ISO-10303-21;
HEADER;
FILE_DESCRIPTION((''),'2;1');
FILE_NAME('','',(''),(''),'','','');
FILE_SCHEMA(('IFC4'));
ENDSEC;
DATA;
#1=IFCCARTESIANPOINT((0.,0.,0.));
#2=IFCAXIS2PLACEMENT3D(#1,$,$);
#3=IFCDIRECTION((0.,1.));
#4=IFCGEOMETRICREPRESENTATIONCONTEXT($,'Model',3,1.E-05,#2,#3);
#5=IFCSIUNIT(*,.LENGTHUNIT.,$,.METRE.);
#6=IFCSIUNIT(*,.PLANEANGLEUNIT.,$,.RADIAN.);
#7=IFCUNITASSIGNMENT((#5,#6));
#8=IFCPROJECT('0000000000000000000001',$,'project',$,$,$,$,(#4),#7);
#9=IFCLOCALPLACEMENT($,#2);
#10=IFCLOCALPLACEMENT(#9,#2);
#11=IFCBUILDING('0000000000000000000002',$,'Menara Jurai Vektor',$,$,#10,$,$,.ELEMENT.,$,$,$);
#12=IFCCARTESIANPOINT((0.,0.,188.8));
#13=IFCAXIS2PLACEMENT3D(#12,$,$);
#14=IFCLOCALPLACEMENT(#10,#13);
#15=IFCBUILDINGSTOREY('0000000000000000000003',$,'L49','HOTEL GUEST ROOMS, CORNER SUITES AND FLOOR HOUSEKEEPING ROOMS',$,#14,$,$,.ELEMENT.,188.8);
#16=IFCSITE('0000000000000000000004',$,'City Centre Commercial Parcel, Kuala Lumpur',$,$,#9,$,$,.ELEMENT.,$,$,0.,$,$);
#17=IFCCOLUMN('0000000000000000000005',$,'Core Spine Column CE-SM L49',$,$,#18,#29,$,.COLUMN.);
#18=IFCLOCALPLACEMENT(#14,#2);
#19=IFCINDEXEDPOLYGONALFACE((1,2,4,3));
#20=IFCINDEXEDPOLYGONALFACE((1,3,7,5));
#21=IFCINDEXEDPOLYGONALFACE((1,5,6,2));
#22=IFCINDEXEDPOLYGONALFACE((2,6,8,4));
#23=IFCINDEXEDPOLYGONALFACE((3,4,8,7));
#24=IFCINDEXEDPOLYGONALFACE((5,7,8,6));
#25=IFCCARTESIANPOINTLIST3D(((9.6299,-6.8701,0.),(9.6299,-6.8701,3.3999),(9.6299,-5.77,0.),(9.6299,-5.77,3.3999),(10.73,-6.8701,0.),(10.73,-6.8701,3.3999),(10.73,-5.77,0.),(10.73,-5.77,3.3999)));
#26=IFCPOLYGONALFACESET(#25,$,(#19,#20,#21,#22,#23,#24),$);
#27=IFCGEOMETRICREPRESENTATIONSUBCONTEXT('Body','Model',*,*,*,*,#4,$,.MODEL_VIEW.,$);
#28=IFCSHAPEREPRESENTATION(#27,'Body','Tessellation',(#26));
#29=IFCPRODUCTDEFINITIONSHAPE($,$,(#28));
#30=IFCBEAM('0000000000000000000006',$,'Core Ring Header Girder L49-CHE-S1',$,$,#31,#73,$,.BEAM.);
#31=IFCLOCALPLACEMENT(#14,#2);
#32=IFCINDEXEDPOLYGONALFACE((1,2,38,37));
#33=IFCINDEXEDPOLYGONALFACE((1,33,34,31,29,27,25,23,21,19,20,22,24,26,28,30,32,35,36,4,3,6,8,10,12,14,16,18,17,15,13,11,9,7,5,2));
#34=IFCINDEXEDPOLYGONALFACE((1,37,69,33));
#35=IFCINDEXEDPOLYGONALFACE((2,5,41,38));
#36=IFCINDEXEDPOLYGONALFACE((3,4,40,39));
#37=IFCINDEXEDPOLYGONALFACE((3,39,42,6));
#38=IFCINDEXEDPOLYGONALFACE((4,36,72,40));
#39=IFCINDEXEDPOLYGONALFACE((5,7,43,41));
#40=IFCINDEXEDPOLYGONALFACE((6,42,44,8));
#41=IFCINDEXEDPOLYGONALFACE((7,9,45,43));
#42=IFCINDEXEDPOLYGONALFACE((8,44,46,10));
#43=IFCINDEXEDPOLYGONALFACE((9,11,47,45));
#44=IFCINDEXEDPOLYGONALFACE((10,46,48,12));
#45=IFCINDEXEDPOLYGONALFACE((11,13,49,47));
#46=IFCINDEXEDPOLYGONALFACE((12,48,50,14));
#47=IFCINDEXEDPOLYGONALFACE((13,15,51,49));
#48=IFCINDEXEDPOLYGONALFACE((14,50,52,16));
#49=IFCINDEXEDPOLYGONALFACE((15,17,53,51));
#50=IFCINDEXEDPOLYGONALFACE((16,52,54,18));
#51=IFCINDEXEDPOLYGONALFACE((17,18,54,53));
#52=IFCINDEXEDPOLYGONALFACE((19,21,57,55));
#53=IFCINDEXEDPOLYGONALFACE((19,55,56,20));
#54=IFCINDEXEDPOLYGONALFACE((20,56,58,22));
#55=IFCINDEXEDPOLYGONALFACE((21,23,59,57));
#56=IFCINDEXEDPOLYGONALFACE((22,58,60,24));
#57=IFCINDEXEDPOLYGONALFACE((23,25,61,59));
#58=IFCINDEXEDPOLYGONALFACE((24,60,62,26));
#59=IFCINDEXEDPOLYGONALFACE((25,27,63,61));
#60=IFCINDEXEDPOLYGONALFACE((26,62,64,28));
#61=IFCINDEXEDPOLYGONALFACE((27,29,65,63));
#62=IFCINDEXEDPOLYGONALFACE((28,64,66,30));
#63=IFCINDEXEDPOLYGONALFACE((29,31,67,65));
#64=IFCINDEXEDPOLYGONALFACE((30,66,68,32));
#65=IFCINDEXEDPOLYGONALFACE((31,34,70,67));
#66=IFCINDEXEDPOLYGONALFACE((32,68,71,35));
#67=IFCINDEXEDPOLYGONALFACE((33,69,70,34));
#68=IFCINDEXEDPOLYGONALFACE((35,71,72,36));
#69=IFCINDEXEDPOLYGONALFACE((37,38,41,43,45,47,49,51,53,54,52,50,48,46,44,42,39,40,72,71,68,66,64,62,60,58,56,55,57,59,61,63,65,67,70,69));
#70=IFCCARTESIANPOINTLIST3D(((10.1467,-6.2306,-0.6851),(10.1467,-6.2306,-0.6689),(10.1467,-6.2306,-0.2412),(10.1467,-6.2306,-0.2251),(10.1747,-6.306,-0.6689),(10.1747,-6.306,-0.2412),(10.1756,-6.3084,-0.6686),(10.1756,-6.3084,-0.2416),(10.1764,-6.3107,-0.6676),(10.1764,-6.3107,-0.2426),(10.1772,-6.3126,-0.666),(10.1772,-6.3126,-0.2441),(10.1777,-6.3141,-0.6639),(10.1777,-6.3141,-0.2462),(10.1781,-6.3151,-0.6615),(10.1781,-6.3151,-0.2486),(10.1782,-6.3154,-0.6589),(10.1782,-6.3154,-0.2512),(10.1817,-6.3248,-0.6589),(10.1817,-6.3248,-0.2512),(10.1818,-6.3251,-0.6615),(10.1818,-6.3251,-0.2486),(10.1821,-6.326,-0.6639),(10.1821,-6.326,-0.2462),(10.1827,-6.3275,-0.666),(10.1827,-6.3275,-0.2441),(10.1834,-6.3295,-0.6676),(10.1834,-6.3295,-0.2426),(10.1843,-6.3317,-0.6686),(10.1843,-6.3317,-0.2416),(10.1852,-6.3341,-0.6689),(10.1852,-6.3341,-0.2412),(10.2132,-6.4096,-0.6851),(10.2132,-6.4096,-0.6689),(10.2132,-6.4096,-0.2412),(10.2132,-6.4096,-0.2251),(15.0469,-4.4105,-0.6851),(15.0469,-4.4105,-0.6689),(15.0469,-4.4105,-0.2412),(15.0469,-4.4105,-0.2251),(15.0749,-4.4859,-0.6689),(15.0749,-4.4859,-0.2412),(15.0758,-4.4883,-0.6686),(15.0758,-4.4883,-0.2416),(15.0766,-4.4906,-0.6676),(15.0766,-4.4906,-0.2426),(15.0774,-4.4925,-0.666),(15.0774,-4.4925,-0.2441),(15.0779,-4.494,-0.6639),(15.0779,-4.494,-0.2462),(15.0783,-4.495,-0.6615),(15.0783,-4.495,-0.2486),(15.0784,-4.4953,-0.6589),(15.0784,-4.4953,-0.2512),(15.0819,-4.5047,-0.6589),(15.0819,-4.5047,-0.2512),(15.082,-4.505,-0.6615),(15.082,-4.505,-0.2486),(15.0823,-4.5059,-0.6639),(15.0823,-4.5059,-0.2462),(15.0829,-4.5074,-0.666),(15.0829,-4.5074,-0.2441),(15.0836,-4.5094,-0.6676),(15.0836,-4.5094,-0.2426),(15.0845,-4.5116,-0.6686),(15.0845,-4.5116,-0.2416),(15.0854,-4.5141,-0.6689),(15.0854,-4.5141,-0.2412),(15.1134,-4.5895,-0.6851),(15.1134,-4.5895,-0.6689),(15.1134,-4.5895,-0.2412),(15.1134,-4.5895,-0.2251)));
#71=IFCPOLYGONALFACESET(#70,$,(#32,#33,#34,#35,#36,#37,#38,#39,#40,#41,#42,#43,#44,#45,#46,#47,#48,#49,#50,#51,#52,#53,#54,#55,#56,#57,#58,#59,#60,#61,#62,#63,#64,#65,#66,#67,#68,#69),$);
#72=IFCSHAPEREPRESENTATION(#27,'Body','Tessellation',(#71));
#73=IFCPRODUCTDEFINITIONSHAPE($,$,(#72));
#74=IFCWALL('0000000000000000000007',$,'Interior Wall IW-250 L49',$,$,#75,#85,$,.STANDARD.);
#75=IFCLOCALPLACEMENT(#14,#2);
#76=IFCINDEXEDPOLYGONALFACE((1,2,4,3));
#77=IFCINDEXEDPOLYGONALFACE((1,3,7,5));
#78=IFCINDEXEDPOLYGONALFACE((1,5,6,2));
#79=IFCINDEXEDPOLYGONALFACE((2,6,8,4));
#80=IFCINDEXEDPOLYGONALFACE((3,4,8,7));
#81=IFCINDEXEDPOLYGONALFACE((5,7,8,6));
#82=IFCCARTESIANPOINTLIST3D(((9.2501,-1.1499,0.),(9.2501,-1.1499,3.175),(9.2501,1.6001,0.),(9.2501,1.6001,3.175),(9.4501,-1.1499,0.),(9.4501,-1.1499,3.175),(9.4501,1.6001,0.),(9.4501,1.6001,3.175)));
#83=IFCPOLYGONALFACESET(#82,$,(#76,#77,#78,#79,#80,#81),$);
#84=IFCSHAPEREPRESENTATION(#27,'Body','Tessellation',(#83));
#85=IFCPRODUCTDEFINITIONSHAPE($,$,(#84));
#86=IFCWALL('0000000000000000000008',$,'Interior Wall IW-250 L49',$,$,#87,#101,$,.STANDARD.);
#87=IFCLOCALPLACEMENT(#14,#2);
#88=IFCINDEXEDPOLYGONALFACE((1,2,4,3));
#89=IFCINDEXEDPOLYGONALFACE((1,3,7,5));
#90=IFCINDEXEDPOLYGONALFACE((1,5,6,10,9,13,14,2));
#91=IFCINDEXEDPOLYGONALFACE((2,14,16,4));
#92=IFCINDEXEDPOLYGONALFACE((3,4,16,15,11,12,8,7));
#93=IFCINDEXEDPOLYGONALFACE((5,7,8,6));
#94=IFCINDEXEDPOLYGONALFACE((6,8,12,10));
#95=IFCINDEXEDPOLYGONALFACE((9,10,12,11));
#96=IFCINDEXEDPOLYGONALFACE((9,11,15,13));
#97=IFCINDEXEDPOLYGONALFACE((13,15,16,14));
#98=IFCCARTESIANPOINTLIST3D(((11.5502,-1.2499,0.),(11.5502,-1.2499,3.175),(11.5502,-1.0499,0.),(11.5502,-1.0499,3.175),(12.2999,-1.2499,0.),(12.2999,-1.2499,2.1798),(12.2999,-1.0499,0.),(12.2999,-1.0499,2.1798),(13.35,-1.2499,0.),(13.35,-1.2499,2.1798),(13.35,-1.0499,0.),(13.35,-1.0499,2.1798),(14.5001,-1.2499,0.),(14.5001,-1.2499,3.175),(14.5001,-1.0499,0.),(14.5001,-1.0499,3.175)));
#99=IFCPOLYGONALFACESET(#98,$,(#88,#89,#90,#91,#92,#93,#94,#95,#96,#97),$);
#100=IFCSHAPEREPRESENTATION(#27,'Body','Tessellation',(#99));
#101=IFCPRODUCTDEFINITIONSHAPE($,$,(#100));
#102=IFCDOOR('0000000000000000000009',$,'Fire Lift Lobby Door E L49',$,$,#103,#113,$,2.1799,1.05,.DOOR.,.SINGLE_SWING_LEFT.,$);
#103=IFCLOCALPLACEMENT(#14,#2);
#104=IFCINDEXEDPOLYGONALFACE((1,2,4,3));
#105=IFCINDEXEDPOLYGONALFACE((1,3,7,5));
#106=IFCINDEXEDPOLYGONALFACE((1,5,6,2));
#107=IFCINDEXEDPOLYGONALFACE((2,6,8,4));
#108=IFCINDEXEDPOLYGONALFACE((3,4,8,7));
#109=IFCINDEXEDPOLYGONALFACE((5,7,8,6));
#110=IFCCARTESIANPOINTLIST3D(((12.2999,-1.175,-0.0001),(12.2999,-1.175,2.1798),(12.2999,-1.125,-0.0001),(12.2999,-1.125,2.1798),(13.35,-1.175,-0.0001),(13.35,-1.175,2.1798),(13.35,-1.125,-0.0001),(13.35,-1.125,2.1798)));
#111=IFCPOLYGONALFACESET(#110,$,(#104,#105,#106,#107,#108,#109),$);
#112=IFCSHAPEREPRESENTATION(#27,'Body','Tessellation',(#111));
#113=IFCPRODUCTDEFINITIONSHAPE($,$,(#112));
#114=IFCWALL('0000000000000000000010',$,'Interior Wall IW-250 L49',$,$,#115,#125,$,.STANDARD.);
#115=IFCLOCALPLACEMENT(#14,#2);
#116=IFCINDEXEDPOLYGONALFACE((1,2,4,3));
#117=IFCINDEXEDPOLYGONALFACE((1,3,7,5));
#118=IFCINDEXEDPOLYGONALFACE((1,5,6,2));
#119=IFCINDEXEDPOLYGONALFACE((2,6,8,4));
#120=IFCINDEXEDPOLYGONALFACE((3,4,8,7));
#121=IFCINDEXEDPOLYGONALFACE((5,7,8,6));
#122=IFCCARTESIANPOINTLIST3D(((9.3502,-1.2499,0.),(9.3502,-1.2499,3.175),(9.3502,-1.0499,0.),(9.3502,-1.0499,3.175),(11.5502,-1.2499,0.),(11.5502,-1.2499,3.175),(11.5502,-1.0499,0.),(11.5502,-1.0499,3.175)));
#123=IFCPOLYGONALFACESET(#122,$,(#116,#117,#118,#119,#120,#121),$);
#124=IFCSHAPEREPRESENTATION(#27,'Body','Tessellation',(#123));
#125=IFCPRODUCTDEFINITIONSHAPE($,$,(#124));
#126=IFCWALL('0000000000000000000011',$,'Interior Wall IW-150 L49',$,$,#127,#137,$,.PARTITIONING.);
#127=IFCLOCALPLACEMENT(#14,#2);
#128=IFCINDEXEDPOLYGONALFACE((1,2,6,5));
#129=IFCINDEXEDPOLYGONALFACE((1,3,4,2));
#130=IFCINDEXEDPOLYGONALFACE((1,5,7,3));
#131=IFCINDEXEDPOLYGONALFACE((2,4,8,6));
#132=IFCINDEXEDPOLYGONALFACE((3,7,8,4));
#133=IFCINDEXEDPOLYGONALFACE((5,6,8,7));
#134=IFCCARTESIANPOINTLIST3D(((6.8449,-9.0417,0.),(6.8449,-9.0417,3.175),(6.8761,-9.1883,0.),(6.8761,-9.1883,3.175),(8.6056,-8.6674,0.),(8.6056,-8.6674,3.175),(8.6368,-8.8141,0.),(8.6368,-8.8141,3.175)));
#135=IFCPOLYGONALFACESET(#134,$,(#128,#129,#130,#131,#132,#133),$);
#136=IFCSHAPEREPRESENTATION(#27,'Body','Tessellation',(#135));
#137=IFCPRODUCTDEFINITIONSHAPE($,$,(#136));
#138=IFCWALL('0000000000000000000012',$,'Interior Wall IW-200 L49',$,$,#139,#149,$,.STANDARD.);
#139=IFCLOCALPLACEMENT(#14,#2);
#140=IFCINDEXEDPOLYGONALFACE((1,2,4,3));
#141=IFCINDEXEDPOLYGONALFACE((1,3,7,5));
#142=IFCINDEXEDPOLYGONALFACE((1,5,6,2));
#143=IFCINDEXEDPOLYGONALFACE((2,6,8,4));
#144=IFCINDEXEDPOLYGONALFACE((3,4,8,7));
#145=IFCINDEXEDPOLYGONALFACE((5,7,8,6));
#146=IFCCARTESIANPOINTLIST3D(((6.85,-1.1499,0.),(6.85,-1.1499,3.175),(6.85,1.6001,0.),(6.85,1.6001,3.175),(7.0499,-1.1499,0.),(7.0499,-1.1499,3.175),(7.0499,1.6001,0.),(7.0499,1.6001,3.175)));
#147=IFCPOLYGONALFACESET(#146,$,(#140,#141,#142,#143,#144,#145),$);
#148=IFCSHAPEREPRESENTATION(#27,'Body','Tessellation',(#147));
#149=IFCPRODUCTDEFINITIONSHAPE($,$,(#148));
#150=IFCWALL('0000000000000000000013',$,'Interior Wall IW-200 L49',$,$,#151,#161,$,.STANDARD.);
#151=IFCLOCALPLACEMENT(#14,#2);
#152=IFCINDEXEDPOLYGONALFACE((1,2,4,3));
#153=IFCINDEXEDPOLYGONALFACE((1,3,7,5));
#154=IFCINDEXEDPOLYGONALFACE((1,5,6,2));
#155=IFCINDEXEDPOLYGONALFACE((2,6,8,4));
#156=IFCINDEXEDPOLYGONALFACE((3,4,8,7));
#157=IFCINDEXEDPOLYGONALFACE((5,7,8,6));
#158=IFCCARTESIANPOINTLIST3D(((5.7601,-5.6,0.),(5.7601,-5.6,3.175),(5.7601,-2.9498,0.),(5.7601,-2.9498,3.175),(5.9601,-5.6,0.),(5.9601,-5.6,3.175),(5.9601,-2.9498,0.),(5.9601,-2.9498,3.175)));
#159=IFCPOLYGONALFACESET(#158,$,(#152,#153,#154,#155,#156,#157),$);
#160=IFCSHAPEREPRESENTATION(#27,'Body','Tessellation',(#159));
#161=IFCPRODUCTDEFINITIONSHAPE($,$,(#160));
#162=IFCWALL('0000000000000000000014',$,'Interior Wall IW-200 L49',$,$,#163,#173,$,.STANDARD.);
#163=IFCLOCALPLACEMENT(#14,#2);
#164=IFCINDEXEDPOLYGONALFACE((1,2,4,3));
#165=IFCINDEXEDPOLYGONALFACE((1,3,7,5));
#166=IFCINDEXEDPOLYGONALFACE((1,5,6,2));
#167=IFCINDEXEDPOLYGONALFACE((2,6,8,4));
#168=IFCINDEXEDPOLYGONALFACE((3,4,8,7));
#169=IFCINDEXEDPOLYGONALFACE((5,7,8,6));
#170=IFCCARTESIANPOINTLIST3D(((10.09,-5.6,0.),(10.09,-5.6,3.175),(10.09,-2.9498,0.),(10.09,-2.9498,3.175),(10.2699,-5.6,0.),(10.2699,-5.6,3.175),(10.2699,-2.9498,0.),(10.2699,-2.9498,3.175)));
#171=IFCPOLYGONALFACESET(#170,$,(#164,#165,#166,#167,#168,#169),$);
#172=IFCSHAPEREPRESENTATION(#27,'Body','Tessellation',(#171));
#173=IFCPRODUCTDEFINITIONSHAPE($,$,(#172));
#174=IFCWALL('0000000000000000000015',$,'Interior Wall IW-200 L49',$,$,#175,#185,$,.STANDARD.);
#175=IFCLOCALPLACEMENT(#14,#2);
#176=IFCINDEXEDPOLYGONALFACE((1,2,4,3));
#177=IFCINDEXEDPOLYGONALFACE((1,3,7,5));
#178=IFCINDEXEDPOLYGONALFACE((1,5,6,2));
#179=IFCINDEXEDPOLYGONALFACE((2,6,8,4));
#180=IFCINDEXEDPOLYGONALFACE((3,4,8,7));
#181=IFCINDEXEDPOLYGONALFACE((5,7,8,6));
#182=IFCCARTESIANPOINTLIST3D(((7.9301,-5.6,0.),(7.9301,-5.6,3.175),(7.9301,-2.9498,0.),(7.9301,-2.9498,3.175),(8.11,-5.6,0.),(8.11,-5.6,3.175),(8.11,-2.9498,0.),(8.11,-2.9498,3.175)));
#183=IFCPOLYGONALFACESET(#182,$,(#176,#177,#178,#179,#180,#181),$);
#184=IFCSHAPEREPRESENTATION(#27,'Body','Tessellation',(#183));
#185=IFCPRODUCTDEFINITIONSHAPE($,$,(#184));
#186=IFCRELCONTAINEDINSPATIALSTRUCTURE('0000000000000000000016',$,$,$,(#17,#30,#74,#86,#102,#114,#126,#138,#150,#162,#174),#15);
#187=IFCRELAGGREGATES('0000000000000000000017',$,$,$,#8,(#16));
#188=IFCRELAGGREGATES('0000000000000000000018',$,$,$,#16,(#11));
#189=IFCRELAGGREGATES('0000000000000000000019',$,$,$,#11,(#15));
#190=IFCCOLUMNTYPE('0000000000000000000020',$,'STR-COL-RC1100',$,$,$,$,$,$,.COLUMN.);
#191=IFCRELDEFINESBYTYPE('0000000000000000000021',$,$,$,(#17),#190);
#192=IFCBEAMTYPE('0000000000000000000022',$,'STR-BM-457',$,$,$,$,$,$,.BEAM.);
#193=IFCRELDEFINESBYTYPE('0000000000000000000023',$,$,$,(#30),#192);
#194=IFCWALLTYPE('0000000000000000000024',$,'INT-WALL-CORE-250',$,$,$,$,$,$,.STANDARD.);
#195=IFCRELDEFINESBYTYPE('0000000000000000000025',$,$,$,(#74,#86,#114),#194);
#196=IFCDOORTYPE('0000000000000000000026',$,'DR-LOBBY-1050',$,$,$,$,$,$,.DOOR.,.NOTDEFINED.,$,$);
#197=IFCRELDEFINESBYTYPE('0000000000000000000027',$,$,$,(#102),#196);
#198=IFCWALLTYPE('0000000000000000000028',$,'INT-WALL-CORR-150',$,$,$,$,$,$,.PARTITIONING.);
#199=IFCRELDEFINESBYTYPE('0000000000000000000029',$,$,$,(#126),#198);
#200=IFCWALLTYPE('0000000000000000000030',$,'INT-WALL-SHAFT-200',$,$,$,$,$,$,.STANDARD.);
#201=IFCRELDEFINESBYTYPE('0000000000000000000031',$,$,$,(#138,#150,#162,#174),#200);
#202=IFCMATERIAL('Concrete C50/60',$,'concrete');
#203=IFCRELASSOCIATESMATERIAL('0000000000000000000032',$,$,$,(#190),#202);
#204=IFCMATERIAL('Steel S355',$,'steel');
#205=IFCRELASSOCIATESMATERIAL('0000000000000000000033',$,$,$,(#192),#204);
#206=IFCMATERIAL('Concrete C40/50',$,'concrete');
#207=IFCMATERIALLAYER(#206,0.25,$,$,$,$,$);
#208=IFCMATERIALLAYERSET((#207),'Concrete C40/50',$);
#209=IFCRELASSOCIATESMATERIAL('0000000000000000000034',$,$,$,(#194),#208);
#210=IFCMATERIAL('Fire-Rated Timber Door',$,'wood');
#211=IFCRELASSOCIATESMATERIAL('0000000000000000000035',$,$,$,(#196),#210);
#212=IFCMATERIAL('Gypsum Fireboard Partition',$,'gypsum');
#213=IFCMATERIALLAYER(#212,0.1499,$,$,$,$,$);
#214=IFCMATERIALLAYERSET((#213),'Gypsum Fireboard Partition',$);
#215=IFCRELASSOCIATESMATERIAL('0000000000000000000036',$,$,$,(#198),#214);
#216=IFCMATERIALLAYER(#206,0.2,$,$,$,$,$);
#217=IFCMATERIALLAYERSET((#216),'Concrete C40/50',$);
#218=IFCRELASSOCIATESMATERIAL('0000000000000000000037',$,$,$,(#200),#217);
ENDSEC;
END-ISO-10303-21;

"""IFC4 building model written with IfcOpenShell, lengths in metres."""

from ifc_helpers import new_model, si_unit, direction, frame, frame_2d, origin, origin_2d, place, context, subcontext, project, spatial, rectangle, i_section, extrude, material, layer, layer_set, material_profile, profile_set, type_object, element, fill, save


model = new_model("IFC4")

# Units and contexts
model_context = context("Model", 3, precision=1e-05, world=origin(), true_north=direction((0.0, 1.0)))
body_context = subcontext(model_context, "Body", "Model", "MODEL_VIEW")
ifc_project = project(units=[si_unit("LENGTHUNIT", "METRE"), si_unit("PLANEANGLEUNIT", "RADIAN")], contexts=[model_context])

# Site, building, storey
site_placement = place(None, origin())
site = spatial("IfcSite", under=ifc_project, at=site_placement, Name="City Centre Commercial Parcel, Kuala Lumpur", CompositionType="ELEMENT", RefElevation=0.0)
building_placement = place(site_placement, origin())
building = spatial("IfcBuilding", under=site, at=building_placement, Name="Menara Jurai Vektor", CompositionType="ELEMENT")
storey_placement = place(building_placement, frame((0.0, 0.0, 188.8)))
storey = spatial("IfcBuildingStorey", under=building, at=storey_placement, Name="L49", Description="HOTEL GUEST ROOMS, CORNER SUITES AND FLOOR HOUSEKEEPING ROOMS", CompositionType="ELEMENT", Elevation=188.8)

# Column
ifc_material_1 = material(Name="Concrete C50/60", Category="concrete")
ifc_material_profile_1 = material_profile(ifc_material_1, rectangle(XDim=1.1001, YDim=1.1001, at=origin_2d()), Name="RC 1100x1100")
ifc_profile_set_1 = profile_set([ifc_material_profile_1], Name="Concrete C50/60")
column_type = type_object("IfcColumnType", Name="STR-COL-RC1100", PredefinedType="COLUMN", material=ifc_profile_set_1)
column_placement = place(storey_placement, frame((10.1799, -6.3201, 0.0), z_axis=(0.0, 0.0, 1.0), x_axis=(1.0, 0.0, 0.0)))
element("IfcColumn", 1, at=column_placement, inside=storey, type_object=column_type, Name="Core Spine Column CE-SM L49", PredefinedType="COLUMN", context=body_context, shape_type="SweptSolid", body=[
    extrude(rectangle(XDim=1.1001, YDim=1.1001, at=origin_2d()), origin(), (0.0, 0.0, 1.0), 3.3999),
])

# Beam
ifc_material_2 = material(Name="Steel S355", Category="steel")
ifc_material_profile_2 = material_profile(ifc_material_2, i_section(OverallWidth=0.1909, OverallDepth=0.46, WebThickness=0.01, FlangeThickness=0.0161, FilletRadius=0.01, at=origin_2d()), Name="UKB 457x191x82")
ifc_profile_set_2 = profile_set([ifc_material_profile_2], Name="Steel S355")
beam_type = type_object("IfcBeamType", Name="STR-BM-457", PredefinedType="BEAM", material=ifc_profile_set_2)
beam_placement = place(storey_placement, frame((10.1799, -6.3201, -0.4551), z_axis=(0.937424, 0.348189, 0.0), x_axis=(-0.348189, 0.937424, 0.0)))
element("IfcBeam", 2, at=beam_placement, inside=storey, type_object=beam_type, Name="Core Ring Header Girder L49-CHE-S1", PredefinedType="BEAM", context=body_context, shape_type="SweptSolid", body=[
    extrude(i_section(OverallWidth=0.1909, OverallDepth=0.46, WebThickness=0.01, FlangeThickness=0.0161, FilletRadius=0.01, at=origin_2d()), origin(), (0.0, 0.0, 1.0), 5.2273),
])

# Shared definitions
ifc_material_3 = material(Name="Concrete C40/50", Category="concrete")
ifc_layer_1 = layer(ifc_material_3, 0.25)
ifc_layer_set_1 = layer_set([ifc_layer_1], Name="Concrete C40/50")
wall_type_1 = type_object("IfcWallType", Name="INT-WALL-CORE-250", PredefinedType="STANDARD", material=ifc_layer_set_1)

# Wall
wall_1_placement = place(storey_placement, frame((9.3501, -1.1499, 0.0), z_axis=(0.0, 0.0, 1.0), x_axis=(0.0, 1.0, 0.0)))
element("IfcWall", 3, at=wall_1_placement, inside=storey, type_object=wall_type_1, Name="Interior Wall IW-250 L49", PredefinedType="STANDARD", context=body_context, shape_type="SweptSolid", body=[
    extrude(rectangle(XDim=2.75, YDim=0.2, at=frame_2d((1.375, 0.0))), origin(), (0.0, 0.0, 1.0), 3.175),
])

# Wall, opening, door
wall_2_placement = place(storey_placement, frame((11.55, -1.1499, 0.0), z_axis=(0.0, 0.0, 1.0), x_axis=(1.0, 0.0, 0.0)))
wall_2 = element("IfcWall", 4, at=wall_2_placement, inside=storey, type_object=wall_type_1, Name="Interior Wall IW-250 L49", PredefinedType="STANDARD", context=body_context, shape_type="SweptSolid", body=[
    extrude(rectangle(XDim=2.95, YDim=0.2, at=frame_2d((1.4751, 0.0))), origin(), (0.0, 0.0, 1.0), 3.175),
])
opening_1_placement = place(wall_2_placement, frame((0.75, 0.0, 0.0)))
opening_1 = element("IfcOpeningElement", 5, at=opening_1_placement, cuts=wall_2, PredefinedType="OPENING", context=body_context, shape_type="SweptSolid", body=[
    extrude(rectangle(XDim=1.05, YDim=2.1799, at=frame_2d((0.5249, 1.0898))), frame((0.0, 0.1099, 0.0), z_axis=(0.0, -1.0, 0.0), x_axis=(1.0, 0.0, 0.0)), (0.0, 0.0, 1.0), 0.22),
])
ifc_material_4 = material(Name="Fire-Rated Timber Door", Category="wood")
door_type_1 = type_object("IfcDoorType", Name="DR-LOBBY-1050", OperationType="NOTDEFINED", PredefinedType="DOOR", material=ifc_material_4)
door_1_placement = place(opening_1_placement, origin())
door_1 = element("IfcDoor", 6, at=door_1_placement, inside=storey, type_object=door_type_1, Name="Fire Lift Lobby Door E L49", OperationType="SINGLE_SWING_LEFT", OverallHeight=2.1799, OverallWidth=1.05, PredefinedType="DOOR", context=body_context, shape_type="SweptSolid", body=[
    extrude(rectangle(XDim=1.05, YDim=2.1799, at=frame_2d((0.5249, 1.0898))), frame((0.0, 0.0249, 0.0), z_axis=(0.0, -1.0, 0.0), x_axis=(1.0, 0.0, 0.0)), (0.0, 0.0, 1.0), 0.05),
])
fill(opening_1, door_1)

# Wall
wall_3_placement = place(storey_placement, frame((9.3501, -1.1499, 0.0), z_axis=(0.0, 0.0, 1.0), x_axis=(1.0, 0.0, 0.0)))
element("IfcWall", 7, at=wall_3_placement, inside=storey, type_object=wall_type_1, Name="Interior Wall IW-250 L49", PredefinedType="STANDARD", context=body_context, shape_type="SweptSolid", body=[
    extrude(rectangle(XDim=2.2, YDim=0.2, at=frame_2d((1.1001, 0.0))), origin(), (0.0, 0.0, 1.0), 3.175),
])

# Shared definitions
ifc_material_5 = material(Name="Gypsum Fireboard Partition", Category="gypsum")
ifc_layer_2 = layer(ifc_material_5, 0.1499)
ifc_layer_set_2 = layer_set([ifc_layer_2], Name="Gypsum Fireboard Partition")
wall_type_2 = type_object("IfcWallType", Name="INT-WALL-CORR-150", PredefinedType="PARTITIONING", material=ifc_layer_set_2)

# Wall
wall_4_placement = place(storey_placement, frame((6.8606, -9.115, 0.0), z_axis=(0.0, 0.0, 1.0), x_axis=(0.978146, 0.207917, 0.0)))
element("IfcWall", 8, at=wall_4_placement, inside=storey, type_object=wall_type_2, Name="Interior Wall IW-150 L49", PredefinedType="PARTITIONING", context=body_context, shape_type="SweptSolid", body=[
    extrude(rectangle(XDim=1.8, YDim=0.1499, at=frame_2d((0.8999, 0.0))), origin(), (0.0, 0.0, 1.0), 3.175),
])

# Wall
ifc_layer_3 = layer(ifc_material_3, 0.2)
ifc_layer_set_3 = layer_set([ifc_layer_3], Name="Concrete C40/50")
wall_type_3 = type_object("IfcWallType", Name="INT-WALL-SHAFT-200", PredefinedType="STANDARD", material=ifc_layer_set_3)
wall_5_placement = place(storey_placement, frame((6.95, -1.1499, 0.0), z_axis=(0.0, 0.0, 1.0), x_axis=(0.0, 1.0, 0.0)))
element("IfcWall", 9, at=wall_5_placement, inside=storey, type_object=wall_type_3, Name="Interior Wall IW-200 L49", PredefinedType="STANDARD", context=body_context, shape_type="SweptSolid", body=[
    extrude(rectangle(XDim=2.75, YDim=0.2, at=frame_2d((1.375, 0.0))), origin(), (0.0, 0.0, 1.0), 3.175),
])

# Walls
wall_6_placement = place(storey_placement, frame((5.8601, -5.6001, 0.0), z_axis=(0.0, 0.0, 1.0), x_axis=(0.0, 1.0, 0.0)))
element("IfcWall", 10, at=wall_6_placement, inside=storey, type_object=wall_type_3, Name="Interior Wall IW-200 L49", PredefinedType="STANDARD", context=body_context, shape_type="SweptSolid", body=[
    extrude(rectangle(XDim=2.6501, YDim=0.2, at=frame_2d((1.3252, 0.0))), origin(), (0.0, 0.0, 1.0), 3.175),
])
for number, where, z_axis, x_axis, name in (
    (11, (10.1799, -5.6001, 0.0), (0.0, 0.0, 1.0), (0.0, 1.0, 0.0), "Interior Wall IW-200 L49"),
    (12, (8.02, -5.6001, 0.0), (0.0, 0.0, 1.0), (0.0, 1.0, 0.0), "Interior Wall IW-200 L49"),
):
    element("IfcWall", number, at=place(storey_placement, frame(where, z_axis=z_axis, x_axis=x_axis)), inside=storey, type_object=wall_type_3, Name=name, PredefinedType="STANDARD", context=body_context, shape_type="SweptSolid", body=[
        extrude(rectangle(XDim=2.6501, YDim=0.1799, at=frame_2d((1.3252, 0.0))), origin(), (0.0, 0.0, 1.0), 3.175),
    ])

save(model, "model.ifc")
